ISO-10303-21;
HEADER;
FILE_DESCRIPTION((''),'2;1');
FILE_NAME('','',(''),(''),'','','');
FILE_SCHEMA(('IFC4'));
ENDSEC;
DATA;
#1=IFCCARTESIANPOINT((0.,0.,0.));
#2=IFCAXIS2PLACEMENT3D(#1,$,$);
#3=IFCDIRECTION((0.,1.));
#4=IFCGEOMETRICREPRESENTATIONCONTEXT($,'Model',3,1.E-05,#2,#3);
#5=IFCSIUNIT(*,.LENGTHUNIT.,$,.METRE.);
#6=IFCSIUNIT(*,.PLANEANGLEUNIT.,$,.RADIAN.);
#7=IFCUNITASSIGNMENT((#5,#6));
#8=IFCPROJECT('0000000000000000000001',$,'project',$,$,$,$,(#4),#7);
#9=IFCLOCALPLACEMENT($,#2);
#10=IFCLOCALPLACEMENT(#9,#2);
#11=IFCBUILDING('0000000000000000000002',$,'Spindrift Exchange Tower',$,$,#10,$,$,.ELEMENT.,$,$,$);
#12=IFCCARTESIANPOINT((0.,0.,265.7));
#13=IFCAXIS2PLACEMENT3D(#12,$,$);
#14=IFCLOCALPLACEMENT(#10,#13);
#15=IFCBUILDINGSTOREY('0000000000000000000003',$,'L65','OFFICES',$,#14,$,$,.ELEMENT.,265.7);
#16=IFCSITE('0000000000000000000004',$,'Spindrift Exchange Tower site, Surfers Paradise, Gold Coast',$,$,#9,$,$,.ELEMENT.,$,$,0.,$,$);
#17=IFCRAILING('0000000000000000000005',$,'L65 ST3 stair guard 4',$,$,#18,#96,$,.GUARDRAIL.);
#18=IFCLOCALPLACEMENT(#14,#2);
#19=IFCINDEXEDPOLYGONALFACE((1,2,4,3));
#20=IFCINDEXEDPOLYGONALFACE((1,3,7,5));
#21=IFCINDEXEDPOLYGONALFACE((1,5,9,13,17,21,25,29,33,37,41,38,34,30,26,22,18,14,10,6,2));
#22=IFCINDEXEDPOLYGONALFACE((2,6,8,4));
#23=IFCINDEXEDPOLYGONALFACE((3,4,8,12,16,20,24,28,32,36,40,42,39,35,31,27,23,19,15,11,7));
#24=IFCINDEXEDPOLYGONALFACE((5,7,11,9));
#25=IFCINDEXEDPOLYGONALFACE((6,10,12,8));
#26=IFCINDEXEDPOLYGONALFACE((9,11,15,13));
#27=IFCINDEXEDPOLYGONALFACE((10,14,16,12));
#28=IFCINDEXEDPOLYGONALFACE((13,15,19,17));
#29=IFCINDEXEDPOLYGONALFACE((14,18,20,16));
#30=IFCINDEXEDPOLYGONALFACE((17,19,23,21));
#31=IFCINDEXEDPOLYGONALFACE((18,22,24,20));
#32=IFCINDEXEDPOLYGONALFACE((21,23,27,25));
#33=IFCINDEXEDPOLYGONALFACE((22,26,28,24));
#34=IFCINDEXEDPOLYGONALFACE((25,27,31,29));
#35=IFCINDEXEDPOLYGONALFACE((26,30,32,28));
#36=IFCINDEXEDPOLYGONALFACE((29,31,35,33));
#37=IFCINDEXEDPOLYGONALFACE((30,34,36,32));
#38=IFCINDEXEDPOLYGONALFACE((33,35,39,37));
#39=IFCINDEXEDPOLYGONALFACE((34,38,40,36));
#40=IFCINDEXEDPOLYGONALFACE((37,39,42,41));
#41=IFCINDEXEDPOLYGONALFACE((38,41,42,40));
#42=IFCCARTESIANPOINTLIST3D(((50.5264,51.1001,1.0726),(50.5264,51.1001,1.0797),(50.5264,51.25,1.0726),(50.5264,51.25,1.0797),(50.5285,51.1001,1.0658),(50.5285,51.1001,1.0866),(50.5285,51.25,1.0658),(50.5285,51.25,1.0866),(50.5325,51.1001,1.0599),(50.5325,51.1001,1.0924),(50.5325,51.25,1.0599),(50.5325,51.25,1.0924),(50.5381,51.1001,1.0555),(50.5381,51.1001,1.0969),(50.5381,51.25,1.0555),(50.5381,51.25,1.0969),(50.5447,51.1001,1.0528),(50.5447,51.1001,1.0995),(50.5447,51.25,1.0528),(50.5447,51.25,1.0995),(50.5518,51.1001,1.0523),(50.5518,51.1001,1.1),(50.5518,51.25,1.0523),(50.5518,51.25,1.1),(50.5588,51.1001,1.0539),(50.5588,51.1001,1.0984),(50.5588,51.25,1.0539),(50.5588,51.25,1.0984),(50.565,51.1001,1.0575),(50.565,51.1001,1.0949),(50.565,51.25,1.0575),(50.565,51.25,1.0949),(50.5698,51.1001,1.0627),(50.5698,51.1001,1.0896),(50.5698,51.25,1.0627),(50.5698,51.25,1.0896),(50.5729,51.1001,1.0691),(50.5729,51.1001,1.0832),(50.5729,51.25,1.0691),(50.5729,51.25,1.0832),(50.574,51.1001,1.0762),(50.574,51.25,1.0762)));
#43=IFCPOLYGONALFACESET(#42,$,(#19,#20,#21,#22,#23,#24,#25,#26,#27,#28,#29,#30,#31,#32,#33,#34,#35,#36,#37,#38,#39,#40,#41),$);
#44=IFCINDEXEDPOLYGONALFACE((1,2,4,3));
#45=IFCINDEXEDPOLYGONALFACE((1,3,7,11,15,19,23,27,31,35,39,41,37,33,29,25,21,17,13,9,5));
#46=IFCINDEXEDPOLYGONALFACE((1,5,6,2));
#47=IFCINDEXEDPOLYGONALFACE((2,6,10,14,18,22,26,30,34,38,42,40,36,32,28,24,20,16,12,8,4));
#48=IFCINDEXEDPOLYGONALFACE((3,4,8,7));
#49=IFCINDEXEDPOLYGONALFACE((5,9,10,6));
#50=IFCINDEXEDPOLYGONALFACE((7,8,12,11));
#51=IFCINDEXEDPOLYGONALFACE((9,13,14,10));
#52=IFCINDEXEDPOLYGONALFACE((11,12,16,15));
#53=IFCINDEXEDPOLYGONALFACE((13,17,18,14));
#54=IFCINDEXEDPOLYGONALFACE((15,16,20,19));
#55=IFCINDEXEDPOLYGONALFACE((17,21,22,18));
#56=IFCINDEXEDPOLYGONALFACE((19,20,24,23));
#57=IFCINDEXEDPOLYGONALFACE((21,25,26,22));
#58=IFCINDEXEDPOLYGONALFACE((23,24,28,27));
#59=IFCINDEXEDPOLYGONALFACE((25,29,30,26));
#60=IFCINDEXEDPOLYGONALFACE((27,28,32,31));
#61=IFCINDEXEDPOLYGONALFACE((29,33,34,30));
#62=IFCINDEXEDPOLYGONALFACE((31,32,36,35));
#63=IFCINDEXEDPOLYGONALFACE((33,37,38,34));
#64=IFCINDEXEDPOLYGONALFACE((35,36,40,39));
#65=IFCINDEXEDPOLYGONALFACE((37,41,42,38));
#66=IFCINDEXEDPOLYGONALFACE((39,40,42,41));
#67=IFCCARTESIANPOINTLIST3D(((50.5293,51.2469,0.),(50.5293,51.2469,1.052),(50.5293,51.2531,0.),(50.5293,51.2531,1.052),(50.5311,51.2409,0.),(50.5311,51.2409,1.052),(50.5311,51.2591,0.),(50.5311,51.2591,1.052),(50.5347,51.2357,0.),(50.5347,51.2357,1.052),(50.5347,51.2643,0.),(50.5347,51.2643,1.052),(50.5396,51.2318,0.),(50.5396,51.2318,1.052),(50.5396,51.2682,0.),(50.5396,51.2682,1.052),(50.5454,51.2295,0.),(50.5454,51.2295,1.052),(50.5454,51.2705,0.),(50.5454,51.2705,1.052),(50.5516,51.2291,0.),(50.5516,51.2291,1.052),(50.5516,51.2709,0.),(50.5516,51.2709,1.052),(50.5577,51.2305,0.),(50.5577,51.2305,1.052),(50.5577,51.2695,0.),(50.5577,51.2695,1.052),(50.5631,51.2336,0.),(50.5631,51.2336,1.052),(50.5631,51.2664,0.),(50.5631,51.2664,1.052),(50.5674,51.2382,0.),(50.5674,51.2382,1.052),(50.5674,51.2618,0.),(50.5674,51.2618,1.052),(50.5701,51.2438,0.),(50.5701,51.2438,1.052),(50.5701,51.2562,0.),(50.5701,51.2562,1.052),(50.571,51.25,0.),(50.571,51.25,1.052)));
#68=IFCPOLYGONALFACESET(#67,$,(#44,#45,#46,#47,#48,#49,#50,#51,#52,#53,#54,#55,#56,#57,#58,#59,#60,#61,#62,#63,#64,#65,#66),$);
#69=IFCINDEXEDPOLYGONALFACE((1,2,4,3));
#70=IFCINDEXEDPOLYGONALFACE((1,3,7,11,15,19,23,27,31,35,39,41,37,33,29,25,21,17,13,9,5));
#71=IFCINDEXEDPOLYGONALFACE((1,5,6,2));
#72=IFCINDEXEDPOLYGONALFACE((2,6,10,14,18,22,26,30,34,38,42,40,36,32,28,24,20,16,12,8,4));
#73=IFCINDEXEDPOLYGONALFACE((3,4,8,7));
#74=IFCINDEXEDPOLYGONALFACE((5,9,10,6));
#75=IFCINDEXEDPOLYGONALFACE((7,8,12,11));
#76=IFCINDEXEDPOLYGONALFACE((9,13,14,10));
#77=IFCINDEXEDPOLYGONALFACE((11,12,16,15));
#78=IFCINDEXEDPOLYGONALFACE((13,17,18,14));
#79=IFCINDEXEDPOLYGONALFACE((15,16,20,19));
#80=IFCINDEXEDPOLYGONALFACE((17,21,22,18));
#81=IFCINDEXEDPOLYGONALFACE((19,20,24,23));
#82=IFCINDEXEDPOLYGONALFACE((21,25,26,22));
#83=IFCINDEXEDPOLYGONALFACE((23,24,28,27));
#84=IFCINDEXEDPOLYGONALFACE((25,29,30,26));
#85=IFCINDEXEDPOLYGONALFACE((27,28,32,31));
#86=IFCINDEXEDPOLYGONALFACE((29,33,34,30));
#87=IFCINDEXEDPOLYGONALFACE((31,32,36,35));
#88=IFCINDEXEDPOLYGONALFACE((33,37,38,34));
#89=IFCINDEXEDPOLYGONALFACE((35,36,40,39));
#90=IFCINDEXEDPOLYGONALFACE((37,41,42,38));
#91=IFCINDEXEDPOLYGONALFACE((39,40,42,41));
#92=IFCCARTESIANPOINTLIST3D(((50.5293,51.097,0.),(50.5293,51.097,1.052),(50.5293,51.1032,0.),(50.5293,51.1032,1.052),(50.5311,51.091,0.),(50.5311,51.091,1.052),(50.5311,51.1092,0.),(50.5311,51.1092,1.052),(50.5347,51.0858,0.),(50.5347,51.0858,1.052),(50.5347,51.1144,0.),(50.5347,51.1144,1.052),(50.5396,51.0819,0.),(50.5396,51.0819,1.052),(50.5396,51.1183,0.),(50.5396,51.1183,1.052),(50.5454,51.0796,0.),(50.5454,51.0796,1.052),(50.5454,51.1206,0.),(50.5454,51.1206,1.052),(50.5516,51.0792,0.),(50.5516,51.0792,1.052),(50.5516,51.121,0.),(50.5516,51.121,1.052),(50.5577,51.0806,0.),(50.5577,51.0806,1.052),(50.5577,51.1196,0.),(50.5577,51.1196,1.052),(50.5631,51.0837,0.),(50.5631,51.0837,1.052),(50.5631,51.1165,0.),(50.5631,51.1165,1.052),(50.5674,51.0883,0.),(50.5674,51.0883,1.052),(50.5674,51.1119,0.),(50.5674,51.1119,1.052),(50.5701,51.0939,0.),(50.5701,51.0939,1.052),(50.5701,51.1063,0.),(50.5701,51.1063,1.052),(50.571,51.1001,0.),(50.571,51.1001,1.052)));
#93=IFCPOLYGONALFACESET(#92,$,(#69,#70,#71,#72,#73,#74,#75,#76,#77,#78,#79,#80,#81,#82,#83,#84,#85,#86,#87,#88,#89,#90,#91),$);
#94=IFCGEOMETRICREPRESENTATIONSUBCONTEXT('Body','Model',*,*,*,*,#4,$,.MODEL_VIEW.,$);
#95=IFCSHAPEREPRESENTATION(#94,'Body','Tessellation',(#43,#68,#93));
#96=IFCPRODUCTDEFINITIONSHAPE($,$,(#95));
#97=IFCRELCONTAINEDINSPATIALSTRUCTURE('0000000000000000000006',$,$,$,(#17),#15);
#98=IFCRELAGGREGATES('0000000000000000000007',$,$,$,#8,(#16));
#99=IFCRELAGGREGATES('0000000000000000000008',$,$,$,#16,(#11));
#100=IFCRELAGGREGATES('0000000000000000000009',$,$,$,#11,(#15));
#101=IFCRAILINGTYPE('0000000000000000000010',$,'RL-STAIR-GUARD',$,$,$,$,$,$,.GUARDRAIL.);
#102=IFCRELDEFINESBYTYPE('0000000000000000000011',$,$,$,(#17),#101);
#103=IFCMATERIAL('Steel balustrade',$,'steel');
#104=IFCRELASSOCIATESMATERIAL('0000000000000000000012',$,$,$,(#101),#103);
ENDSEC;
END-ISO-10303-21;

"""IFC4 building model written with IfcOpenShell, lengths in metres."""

from ifc_helpers import new_model, si_unit, direction, frame, origin, origin_2d, place, context, subcontext, project, spatial, circle, extrude, material, type_object, element, save


model = new_model("IFC4")

# Units and contexts
model_context = context("Model", 3, precision=1e-05, world=origin(), true_north=direction((0.0, 1.0)))
body_context = subcontext(model_context, "Body", "Model", "MODEL_VIEW")
ifc_project = project(units=[si_unit("LENGTHUNIT", "METRE"), si_unit("PLANEANGLEUNIT", "RADIAN")], contexts=[model_context])

# Site, building, storey
site_placement = place(None, origin())
site = spatial("IfcSite", under=ifc_project, at=site_placement, Name="Spindrift Exchange Tower site, Surfers Paradise, Gold Coast", CompositionType="ELEMENT", RefElevation=0.0)
building_placement = place(site_placement, origin())
building = spatial("IfcBuilding", under=site, at=building_placement, Name="Spindrift Exchange Tower", CompositionType="ELEMENT")
storey_placement = place(building_placement, frame((0.0, 0.0, 265.7)))
storey = spatial("IfcBuildingStorey", under=building, at=storey_placement, Name="L65", Description="OFFICES", CompositionType="ELEMENT", Elevation=265.7)

# Railing
ifc_material_1 = material(Name="Steel balustrade", Category="steel")
railing_type_1 = type_object("IfcRailingType", Name="RL-STAIR-GUARD", PredefinedType="GUARDRAIL", material=ifc_material_1)
railing_1_placement = place(storey_placement, frame((50.55, 51.25, 0.0)))
element("IfcRailing", 1, at=railing_1_placement, inside=storey, type_object=railing_type_1, Name="L65 ST3 stair guard 4", PredefinedType="GUARDRAIL", context=body_context, shape_type="SweptSolid", body=[
    extrude(circle(Radius=0.0239, at=origin_2d()), frame((0.0, 0.0, 1.0762), z_axis=(0.0, -1.0, 0.0), x_axis=(1.0, 0.0, 0.0)), (0.0, 0.0, 1.0), 0.1499),
    extrude(circle(Radius=0.021, at=origin_2d()), origin(), (0.0, 0.0, 1.0), 1.052),
    extrude(circle(Radius=0.021, at=origin_2d()), frame((0.0, -0.1499, 0.0)), (0.0, 0.0, 1.0), 1.052),
])

save(model, "model.ifc")
